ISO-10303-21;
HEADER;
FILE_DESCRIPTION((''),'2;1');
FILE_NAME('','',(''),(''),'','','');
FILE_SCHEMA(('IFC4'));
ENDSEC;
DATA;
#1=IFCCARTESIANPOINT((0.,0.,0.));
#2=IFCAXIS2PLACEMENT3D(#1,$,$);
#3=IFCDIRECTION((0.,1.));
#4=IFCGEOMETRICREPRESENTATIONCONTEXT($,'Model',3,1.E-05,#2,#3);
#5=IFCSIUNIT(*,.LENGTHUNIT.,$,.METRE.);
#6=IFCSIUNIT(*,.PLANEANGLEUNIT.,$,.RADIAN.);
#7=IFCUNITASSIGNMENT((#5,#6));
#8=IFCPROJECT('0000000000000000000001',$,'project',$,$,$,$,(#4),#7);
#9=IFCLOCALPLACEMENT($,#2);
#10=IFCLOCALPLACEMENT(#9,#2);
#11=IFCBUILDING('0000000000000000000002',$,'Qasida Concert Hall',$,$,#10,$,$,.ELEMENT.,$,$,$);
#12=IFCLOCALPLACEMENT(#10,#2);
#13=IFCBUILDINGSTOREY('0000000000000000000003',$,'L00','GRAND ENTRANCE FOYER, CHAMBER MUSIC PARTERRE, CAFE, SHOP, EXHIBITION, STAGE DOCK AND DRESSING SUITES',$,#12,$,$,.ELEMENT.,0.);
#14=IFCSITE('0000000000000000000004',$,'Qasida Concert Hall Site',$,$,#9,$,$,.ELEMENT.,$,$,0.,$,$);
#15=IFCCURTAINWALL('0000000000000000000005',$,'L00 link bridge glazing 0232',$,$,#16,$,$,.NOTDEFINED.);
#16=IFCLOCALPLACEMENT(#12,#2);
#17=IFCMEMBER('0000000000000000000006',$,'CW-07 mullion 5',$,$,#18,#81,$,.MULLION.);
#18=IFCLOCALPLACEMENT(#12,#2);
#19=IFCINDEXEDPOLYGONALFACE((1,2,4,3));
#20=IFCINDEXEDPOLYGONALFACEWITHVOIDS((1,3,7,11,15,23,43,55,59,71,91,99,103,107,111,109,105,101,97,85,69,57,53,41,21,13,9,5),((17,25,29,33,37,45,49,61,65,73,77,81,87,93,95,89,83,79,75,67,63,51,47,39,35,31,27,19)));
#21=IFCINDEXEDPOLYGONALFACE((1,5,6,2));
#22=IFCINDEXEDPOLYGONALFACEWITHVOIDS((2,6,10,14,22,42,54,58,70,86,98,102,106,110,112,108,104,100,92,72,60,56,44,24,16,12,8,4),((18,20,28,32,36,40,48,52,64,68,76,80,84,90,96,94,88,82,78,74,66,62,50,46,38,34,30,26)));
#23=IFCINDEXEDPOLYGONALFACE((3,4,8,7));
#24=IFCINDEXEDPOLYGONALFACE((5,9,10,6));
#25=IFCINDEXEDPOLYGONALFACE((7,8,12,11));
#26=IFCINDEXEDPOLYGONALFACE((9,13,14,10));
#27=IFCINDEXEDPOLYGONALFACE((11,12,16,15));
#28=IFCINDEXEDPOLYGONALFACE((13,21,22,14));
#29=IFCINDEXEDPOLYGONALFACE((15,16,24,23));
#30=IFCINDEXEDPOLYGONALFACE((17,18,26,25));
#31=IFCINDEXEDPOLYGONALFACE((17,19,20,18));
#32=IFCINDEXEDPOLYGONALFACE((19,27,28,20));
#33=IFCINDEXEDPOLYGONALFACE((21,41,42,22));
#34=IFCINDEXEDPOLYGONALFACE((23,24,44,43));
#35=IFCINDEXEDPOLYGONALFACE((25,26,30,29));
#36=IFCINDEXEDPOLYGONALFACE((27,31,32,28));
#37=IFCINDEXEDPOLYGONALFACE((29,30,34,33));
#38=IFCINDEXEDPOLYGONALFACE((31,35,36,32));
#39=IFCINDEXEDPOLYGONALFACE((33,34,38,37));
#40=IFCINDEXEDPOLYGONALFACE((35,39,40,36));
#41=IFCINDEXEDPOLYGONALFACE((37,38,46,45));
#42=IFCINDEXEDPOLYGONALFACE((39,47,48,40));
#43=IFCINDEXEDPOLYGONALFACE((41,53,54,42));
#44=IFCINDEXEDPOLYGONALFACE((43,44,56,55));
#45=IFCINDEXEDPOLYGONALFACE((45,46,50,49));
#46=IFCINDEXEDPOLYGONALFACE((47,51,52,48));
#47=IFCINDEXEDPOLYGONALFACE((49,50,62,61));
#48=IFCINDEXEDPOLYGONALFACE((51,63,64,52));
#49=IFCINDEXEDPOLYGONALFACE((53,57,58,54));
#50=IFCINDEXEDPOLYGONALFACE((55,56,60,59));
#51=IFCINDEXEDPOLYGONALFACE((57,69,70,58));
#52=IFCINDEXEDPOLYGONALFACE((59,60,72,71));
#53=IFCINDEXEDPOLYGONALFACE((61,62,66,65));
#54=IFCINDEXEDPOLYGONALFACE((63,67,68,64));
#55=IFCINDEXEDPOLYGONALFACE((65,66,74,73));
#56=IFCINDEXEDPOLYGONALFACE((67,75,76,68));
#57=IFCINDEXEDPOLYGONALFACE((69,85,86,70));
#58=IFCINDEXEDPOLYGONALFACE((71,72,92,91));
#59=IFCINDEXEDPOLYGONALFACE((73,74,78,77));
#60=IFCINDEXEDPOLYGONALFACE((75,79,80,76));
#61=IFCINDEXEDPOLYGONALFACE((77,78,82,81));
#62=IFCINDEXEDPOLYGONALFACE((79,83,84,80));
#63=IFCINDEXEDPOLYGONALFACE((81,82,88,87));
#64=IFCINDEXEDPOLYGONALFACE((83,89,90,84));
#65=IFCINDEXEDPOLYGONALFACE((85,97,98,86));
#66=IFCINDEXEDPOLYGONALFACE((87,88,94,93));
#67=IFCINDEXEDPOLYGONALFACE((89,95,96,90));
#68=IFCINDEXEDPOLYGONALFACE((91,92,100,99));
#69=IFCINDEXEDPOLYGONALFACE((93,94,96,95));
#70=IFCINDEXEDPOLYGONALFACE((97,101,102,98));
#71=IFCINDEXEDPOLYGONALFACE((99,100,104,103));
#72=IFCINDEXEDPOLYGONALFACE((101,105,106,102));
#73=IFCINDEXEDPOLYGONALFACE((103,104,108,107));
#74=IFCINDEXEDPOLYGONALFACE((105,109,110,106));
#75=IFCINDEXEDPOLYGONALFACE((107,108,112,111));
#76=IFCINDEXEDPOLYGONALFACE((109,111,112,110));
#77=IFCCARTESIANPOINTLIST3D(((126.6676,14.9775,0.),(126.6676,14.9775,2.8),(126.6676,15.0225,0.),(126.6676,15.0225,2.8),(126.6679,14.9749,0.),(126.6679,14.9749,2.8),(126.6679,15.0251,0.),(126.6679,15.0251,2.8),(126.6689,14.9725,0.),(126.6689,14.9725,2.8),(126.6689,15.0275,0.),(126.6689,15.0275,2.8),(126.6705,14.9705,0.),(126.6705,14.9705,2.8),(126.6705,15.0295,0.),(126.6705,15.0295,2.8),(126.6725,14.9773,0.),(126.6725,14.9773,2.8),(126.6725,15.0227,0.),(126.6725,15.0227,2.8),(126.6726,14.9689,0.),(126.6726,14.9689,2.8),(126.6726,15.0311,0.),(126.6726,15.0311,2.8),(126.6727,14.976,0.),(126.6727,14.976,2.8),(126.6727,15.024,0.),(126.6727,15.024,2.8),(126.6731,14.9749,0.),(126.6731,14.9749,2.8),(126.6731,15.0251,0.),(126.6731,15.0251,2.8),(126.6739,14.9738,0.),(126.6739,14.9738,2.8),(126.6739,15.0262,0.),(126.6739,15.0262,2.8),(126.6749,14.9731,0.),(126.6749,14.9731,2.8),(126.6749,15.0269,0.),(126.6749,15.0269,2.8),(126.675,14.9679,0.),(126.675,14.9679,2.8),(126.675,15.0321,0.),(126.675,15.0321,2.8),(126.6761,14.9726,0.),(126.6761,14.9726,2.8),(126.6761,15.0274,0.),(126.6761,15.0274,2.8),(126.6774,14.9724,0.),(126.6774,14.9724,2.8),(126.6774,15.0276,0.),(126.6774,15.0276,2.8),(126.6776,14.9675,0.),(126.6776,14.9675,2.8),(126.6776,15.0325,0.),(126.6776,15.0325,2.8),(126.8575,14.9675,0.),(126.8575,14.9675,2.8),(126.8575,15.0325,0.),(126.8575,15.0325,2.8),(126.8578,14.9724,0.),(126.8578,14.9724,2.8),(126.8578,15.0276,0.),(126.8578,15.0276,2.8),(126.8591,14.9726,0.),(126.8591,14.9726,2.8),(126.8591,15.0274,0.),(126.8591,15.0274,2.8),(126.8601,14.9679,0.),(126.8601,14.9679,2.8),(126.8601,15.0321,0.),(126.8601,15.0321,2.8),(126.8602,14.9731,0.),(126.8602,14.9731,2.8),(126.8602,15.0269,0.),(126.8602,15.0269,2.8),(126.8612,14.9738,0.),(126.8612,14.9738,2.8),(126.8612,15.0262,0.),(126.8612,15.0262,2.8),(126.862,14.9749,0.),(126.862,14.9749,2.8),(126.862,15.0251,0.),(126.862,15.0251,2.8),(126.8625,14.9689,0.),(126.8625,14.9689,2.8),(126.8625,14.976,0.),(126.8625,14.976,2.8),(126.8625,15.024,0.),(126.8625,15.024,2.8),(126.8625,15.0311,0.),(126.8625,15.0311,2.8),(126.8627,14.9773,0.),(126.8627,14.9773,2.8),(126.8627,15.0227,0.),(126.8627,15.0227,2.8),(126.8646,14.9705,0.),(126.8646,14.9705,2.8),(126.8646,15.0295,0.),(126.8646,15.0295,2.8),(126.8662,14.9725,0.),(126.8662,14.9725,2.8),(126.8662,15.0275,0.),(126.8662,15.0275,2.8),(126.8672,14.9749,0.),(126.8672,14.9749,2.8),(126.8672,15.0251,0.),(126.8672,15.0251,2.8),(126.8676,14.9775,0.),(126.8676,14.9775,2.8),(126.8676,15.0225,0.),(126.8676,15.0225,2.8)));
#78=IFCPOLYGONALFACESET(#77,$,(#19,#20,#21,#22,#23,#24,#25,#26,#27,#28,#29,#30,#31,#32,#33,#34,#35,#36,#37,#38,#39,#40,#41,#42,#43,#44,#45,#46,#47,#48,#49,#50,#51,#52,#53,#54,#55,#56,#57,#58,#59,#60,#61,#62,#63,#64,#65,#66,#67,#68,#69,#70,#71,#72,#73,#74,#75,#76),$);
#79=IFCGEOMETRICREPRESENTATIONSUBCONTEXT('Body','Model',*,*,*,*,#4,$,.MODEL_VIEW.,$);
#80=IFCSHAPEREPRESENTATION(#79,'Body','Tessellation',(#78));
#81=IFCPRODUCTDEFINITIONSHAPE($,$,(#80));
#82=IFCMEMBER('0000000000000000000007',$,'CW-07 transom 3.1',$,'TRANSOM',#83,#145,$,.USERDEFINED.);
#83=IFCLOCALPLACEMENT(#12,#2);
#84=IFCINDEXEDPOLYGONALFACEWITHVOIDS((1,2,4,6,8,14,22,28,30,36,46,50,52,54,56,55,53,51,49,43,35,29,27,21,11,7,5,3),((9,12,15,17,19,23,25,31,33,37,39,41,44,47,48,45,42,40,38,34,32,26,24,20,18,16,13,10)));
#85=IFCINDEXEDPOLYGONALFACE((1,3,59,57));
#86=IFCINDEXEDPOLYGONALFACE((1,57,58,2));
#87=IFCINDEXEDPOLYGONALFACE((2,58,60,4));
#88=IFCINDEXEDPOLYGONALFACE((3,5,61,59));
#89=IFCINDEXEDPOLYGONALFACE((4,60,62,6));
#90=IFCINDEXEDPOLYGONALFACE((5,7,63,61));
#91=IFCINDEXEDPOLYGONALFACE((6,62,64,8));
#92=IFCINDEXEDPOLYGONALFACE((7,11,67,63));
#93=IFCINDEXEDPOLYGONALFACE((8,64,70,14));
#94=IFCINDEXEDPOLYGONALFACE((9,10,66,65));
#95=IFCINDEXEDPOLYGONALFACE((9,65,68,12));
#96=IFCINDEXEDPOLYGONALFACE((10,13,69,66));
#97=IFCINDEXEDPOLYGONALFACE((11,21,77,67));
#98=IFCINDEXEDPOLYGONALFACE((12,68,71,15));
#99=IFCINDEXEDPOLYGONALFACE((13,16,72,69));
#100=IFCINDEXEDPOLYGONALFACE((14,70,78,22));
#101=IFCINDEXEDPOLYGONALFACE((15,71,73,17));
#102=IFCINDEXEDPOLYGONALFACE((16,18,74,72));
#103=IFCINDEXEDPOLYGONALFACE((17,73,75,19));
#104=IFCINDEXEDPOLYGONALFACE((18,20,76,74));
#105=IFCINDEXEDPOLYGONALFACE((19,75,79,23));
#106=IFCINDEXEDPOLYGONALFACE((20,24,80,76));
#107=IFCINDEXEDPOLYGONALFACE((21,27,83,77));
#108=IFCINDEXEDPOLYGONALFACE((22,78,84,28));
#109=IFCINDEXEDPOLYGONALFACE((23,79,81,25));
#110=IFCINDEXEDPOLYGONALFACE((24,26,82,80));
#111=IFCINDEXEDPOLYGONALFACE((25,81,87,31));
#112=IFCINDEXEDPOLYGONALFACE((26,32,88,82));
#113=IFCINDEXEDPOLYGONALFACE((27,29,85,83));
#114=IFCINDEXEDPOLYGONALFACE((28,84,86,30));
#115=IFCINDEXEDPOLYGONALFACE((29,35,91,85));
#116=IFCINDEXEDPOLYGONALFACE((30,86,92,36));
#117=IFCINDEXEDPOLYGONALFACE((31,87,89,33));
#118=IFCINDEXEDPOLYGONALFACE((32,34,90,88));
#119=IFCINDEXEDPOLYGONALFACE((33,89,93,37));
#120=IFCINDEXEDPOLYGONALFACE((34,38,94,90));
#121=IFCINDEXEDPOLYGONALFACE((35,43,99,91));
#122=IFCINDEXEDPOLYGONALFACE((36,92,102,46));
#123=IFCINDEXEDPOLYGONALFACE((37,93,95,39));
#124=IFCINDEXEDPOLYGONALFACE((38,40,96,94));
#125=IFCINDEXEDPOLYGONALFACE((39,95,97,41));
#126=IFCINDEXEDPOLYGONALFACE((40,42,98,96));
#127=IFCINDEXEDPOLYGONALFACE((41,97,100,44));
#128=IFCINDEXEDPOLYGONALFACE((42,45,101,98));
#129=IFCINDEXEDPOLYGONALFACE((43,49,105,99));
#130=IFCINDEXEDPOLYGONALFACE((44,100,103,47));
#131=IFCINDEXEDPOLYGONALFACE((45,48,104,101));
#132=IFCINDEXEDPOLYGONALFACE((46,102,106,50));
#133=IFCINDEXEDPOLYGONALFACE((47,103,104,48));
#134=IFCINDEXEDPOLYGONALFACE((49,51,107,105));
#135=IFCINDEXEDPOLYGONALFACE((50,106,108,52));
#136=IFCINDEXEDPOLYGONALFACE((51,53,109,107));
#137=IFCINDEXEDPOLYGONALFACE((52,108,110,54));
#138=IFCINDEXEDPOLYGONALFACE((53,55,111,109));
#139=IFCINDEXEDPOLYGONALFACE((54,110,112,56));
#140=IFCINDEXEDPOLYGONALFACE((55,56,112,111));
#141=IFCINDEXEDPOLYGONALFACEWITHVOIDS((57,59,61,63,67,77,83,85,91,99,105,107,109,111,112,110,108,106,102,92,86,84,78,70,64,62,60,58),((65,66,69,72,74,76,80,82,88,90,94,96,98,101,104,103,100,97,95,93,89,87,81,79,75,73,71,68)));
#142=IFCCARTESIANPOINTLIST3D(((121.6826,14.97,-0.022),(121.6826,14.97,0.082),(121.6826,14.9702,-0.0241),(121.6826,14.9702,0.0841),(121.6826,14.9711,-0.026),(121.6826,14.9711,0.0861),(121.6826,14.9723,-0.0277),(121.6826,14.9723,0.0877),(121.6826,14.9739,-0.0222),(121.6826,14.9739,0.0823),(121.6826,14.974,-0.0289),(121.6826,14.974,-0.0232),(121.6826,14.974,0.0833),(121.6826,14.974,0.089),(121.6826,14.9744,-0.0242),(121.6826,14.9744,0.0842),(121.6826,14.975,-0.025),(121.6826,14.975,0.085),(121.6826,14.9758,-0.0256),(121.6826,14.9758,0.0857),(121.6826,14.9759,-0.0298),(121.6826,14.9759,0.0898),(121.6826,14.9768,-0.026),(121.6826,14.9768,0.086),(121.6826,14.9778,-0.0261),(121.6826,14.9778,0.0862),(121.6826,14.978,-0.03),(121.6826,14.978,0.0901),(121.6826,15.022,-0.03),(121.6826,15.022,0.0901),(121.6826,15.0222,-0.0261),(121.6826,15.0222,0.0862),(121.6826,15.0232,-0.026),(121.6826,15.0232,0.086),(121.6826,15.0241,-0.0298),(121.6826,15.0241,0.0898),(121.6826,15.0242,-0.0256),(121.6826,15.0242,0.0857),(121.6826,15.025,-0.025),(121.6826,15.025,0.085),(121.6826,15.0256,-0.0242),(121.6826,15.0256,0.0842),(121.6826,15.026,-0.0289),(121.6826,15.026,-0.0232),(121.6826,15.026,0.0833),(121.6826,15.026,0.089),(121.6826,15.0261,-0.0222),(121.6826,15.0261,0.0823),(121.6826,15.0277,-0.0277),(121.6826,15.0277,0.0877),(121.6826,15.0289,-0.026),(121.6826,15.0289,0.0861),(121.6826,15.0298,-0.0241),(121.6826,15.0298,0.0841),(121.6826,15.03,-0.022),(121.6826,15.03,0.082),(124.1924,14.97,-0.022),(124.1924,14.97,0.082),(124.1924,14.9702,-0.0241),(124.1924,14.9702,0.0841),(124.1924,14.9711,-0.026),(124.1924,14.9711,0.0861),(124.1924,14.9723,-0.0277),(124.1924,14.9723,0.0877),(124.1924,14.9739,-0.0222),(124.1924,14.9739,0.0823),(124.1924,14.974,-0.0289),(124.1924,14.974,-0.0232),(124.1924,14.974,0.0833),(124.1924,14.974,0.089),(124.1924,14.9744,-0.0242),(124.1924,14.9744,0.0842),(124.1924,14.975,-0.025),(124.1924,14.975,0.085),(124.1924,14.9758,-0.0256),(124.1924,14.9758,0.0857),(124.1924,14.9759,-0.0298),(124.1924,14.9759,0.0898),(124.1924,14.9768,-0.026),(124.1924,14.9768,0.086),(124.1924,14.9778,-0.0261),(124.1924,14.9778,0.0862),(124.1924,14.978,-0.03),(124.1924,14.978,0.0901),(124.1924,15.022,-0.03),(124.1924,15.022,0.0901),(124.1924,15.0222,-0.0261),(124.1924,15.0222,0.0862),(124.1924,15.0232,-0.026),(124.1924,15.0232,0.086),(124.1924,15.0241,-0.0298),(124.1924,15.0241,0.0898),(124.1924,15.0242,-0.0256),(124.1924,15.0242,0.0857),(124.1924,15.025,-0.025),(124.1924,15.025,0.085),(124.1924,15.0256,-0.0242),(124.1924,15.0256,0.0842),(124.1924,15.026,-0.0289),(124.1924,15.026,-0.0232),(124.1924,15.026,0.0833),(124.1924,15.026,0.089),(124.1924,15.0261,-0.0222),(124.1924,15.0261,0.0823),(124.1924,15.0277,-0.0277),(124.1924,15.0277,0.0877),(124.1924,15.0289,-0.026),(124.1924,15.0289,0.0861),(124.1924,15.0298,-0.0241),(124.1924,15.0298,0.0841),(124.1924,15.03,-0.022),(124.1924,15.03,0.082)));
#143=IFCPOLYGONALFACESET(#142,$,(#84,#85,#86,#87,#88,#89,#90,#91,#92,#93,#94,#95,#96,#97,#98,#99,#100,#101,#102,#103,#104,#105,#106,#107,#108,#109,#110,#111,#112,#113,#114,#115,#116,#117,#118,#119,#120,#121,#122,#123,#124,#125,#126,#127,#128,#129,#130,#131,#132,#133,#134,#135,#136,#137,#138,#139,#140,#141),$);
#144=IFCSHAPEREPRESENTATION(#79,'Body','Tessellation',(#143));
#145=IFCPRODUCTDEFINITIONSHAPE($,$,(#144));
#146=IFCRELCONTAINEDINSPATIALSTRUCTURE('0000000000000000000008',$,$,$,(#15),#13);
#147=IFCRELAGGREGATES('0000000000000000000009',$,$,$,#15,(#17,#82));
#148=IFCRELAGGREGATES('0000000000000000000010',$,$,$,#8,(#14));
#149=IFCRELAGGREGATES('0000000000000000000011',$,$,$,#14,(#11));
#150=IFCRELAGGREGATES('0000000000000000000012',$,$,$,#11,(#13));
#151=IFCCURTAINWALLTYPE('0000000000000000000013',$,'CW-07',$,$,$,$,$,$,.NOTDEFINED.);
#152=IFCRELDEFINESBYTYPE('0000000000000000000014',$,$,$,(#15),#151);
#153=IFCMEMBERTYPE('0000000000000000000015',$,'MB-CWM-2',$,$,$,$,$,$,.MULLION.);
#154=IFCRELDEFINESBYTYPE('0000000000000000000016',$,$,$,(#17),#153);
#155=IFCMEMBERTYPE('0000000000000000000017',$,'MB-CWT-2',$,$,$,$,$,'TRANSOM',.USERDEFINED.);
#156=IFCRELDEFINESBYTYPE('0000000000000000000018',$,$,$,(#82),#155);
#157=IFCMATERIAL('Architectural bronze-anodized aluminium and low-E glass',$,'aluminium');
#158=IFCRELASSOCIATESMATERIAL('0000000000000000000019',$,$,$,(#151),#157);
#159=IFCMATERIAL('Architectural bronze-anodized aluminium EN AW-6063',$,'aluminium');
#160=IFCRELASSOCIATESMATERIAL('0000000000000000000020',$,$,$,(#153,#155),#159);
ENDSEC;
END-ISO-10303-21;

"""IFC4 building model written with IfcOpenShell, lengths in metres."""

from ifc_helpers import new_model, si_unit, direction, frame, origin, origin_2d, place, context, subcontext, project, spatial, hollow_rectangle, extrude, material, material_profile, profile_set, type_object, element, aggregate, save


model = new_model("IFC4")

# Units and contexts
model_context = context("Model", 3, precision=1e-05, world=origin(), true_north=direction((0.0, 1.0)))
body_context = subcontext(model_context, "Body", "Model", "MODEL_VIEW")
ifc_project = project(units=[si_unit("LENGTHUNIT", "METRE"), si_unit("PLANEANGLEUNIT", "RADIAN")], contexts=[model_context])

# Site, building, storey
site_placement = place(None, origin())
site = spatial("IfcSite", under=ifc_project, at=site_placement, Name="Qasida Concert Hall Site", CompositionType="ELEMENT", RefElevation=0.0)
building_placement = place(site_placement, origin())
building = spatial("IfcBuilding", under=site, at=building_placement, Name="Qasida Concert Hall", CompositionType="ELEMENT")
storey_placement = place(building_placement, origin())
storey = spatial("IfcBuildingStorey", under=building, at=storey_placement, Name="L00", Description="GRAND ENTRANCE FOYER, CHAMBER MUSIC PARTERRE, CAFE, SHOP, EXHIBITION, STAGE DOCK AND DRESSING SUITES", CompositionType="ELEMENT", Elevation=0.0)

# Curtain wall, members
ifc_material_1 = material(Name="Architectural bronze-anodized aluminium and low-E glass", Category="aluminium")
curtain_wall_type = type_object("IfcCurtainWallType", Name="CW-07", PredefinedType="NOTDEFINED", material=ifc_material_1)
curtain_wall_placement = place(storey_placement, origin())
curtain_wall = element("IfcCurtainWall", 1, at=curtain_wall_placement, inside=storey, type_object=curtain_wall_type, Name="L00 link bridge glazing 0232", PredefinedType="NOTDEFINED")
ifc_material_2 = material(Name="Architectural bronze-anodized aluminium EN AW-6063", Category="aluminium")
ifc_material_profile_1 = material_profile(ifc_material_2, hollow_rectangle(XDim=0.0649, YDim=0.2, WallThickness=0.0049, InnerFilletRadius=0.0049, OuterFilletRadius=0.01, at=origin_2d()), Name="CWM 200x65x5")
ifc_profile_set_1 = profile_set([ifc_material_profile_1], Name="Architectural bronze-anodized aluminium EN AW-6063")
member_type_1 = type_object("IfcMemberType", Name="MB-CWM-2", PredefinedType="MULLION", material=ifc_profile_set_1)
member_1_placement = place(storey_placement, frame((126.7676, 15.0, 0.0), z_axis=(0.0, 0.0, 1.0), x_axis=(0.0, 1.0, 0.0)))
member_1 = element("IfcMember", 2, at=member_1_placement, type_object=member_type_1, Name="CW-07 mullion 5", PredefinedType="MULLION", context=body_context, shape_type="SweptSolid", body=[
    extrude(hollow_rectangle(XDim=0.0649, YDim=0.2, WallThickness=0.0049, InnerFilletRadius=0.0049, OuterFilletRadius=0.01, at=origin_2d()), origin(), (0.0, 0.0, 1.0), 2.8),
])
ifc_material_profile_2 = material_profile(ifc_material_2, hollow_rectangle(XDim=0.0601, YDim=0.1201, WallThickness=0.0039, InnerFilletRadius=0.0039, OuterFilletRadius=0.0081, at=origin_2d()), Name="CWT 120x60x4")
ifc_profile_set_2 = profile_set([ifc_material_profile_2], Name="Architectural bronze-anodized aluminium EN AW-6063")
member_type_2 = type_object("IfcMemberType", Name="MB-CWT-2", ElementType="TRANSOM", PredefinedType="USERDEFINED", material=ifc_profile_set_2)
member_2_placement = place(storey_placement, frame((121.6826, 15.0, 0.03), z_axis=(1.0, 0.0, 0.0), x_axis=(0.0, 1.0, 0.0)))
member_2 = element("IfcMember", 3, at=member_2_placement, type_object=member_type_2, Name="CW-07 transom 3.1", ObjectType="TRANSOM", PredefinedType="USERDEFINED", context=body_context, shape_type="SweptSolid", body=[
    extrude(hollow_rectangle(XDim=0.0601, YDim=0.1201, WallThickness=0.0039, InnerFilletRadius=0.0039, OuterFilletRadius=0.0081, at=origin_2d()), origin(), (0.0, 0.0, 1.0), 2.5098),
])
aggregate(curtain_wall, [member_1, member_2])

save(model, "model.ifc")
